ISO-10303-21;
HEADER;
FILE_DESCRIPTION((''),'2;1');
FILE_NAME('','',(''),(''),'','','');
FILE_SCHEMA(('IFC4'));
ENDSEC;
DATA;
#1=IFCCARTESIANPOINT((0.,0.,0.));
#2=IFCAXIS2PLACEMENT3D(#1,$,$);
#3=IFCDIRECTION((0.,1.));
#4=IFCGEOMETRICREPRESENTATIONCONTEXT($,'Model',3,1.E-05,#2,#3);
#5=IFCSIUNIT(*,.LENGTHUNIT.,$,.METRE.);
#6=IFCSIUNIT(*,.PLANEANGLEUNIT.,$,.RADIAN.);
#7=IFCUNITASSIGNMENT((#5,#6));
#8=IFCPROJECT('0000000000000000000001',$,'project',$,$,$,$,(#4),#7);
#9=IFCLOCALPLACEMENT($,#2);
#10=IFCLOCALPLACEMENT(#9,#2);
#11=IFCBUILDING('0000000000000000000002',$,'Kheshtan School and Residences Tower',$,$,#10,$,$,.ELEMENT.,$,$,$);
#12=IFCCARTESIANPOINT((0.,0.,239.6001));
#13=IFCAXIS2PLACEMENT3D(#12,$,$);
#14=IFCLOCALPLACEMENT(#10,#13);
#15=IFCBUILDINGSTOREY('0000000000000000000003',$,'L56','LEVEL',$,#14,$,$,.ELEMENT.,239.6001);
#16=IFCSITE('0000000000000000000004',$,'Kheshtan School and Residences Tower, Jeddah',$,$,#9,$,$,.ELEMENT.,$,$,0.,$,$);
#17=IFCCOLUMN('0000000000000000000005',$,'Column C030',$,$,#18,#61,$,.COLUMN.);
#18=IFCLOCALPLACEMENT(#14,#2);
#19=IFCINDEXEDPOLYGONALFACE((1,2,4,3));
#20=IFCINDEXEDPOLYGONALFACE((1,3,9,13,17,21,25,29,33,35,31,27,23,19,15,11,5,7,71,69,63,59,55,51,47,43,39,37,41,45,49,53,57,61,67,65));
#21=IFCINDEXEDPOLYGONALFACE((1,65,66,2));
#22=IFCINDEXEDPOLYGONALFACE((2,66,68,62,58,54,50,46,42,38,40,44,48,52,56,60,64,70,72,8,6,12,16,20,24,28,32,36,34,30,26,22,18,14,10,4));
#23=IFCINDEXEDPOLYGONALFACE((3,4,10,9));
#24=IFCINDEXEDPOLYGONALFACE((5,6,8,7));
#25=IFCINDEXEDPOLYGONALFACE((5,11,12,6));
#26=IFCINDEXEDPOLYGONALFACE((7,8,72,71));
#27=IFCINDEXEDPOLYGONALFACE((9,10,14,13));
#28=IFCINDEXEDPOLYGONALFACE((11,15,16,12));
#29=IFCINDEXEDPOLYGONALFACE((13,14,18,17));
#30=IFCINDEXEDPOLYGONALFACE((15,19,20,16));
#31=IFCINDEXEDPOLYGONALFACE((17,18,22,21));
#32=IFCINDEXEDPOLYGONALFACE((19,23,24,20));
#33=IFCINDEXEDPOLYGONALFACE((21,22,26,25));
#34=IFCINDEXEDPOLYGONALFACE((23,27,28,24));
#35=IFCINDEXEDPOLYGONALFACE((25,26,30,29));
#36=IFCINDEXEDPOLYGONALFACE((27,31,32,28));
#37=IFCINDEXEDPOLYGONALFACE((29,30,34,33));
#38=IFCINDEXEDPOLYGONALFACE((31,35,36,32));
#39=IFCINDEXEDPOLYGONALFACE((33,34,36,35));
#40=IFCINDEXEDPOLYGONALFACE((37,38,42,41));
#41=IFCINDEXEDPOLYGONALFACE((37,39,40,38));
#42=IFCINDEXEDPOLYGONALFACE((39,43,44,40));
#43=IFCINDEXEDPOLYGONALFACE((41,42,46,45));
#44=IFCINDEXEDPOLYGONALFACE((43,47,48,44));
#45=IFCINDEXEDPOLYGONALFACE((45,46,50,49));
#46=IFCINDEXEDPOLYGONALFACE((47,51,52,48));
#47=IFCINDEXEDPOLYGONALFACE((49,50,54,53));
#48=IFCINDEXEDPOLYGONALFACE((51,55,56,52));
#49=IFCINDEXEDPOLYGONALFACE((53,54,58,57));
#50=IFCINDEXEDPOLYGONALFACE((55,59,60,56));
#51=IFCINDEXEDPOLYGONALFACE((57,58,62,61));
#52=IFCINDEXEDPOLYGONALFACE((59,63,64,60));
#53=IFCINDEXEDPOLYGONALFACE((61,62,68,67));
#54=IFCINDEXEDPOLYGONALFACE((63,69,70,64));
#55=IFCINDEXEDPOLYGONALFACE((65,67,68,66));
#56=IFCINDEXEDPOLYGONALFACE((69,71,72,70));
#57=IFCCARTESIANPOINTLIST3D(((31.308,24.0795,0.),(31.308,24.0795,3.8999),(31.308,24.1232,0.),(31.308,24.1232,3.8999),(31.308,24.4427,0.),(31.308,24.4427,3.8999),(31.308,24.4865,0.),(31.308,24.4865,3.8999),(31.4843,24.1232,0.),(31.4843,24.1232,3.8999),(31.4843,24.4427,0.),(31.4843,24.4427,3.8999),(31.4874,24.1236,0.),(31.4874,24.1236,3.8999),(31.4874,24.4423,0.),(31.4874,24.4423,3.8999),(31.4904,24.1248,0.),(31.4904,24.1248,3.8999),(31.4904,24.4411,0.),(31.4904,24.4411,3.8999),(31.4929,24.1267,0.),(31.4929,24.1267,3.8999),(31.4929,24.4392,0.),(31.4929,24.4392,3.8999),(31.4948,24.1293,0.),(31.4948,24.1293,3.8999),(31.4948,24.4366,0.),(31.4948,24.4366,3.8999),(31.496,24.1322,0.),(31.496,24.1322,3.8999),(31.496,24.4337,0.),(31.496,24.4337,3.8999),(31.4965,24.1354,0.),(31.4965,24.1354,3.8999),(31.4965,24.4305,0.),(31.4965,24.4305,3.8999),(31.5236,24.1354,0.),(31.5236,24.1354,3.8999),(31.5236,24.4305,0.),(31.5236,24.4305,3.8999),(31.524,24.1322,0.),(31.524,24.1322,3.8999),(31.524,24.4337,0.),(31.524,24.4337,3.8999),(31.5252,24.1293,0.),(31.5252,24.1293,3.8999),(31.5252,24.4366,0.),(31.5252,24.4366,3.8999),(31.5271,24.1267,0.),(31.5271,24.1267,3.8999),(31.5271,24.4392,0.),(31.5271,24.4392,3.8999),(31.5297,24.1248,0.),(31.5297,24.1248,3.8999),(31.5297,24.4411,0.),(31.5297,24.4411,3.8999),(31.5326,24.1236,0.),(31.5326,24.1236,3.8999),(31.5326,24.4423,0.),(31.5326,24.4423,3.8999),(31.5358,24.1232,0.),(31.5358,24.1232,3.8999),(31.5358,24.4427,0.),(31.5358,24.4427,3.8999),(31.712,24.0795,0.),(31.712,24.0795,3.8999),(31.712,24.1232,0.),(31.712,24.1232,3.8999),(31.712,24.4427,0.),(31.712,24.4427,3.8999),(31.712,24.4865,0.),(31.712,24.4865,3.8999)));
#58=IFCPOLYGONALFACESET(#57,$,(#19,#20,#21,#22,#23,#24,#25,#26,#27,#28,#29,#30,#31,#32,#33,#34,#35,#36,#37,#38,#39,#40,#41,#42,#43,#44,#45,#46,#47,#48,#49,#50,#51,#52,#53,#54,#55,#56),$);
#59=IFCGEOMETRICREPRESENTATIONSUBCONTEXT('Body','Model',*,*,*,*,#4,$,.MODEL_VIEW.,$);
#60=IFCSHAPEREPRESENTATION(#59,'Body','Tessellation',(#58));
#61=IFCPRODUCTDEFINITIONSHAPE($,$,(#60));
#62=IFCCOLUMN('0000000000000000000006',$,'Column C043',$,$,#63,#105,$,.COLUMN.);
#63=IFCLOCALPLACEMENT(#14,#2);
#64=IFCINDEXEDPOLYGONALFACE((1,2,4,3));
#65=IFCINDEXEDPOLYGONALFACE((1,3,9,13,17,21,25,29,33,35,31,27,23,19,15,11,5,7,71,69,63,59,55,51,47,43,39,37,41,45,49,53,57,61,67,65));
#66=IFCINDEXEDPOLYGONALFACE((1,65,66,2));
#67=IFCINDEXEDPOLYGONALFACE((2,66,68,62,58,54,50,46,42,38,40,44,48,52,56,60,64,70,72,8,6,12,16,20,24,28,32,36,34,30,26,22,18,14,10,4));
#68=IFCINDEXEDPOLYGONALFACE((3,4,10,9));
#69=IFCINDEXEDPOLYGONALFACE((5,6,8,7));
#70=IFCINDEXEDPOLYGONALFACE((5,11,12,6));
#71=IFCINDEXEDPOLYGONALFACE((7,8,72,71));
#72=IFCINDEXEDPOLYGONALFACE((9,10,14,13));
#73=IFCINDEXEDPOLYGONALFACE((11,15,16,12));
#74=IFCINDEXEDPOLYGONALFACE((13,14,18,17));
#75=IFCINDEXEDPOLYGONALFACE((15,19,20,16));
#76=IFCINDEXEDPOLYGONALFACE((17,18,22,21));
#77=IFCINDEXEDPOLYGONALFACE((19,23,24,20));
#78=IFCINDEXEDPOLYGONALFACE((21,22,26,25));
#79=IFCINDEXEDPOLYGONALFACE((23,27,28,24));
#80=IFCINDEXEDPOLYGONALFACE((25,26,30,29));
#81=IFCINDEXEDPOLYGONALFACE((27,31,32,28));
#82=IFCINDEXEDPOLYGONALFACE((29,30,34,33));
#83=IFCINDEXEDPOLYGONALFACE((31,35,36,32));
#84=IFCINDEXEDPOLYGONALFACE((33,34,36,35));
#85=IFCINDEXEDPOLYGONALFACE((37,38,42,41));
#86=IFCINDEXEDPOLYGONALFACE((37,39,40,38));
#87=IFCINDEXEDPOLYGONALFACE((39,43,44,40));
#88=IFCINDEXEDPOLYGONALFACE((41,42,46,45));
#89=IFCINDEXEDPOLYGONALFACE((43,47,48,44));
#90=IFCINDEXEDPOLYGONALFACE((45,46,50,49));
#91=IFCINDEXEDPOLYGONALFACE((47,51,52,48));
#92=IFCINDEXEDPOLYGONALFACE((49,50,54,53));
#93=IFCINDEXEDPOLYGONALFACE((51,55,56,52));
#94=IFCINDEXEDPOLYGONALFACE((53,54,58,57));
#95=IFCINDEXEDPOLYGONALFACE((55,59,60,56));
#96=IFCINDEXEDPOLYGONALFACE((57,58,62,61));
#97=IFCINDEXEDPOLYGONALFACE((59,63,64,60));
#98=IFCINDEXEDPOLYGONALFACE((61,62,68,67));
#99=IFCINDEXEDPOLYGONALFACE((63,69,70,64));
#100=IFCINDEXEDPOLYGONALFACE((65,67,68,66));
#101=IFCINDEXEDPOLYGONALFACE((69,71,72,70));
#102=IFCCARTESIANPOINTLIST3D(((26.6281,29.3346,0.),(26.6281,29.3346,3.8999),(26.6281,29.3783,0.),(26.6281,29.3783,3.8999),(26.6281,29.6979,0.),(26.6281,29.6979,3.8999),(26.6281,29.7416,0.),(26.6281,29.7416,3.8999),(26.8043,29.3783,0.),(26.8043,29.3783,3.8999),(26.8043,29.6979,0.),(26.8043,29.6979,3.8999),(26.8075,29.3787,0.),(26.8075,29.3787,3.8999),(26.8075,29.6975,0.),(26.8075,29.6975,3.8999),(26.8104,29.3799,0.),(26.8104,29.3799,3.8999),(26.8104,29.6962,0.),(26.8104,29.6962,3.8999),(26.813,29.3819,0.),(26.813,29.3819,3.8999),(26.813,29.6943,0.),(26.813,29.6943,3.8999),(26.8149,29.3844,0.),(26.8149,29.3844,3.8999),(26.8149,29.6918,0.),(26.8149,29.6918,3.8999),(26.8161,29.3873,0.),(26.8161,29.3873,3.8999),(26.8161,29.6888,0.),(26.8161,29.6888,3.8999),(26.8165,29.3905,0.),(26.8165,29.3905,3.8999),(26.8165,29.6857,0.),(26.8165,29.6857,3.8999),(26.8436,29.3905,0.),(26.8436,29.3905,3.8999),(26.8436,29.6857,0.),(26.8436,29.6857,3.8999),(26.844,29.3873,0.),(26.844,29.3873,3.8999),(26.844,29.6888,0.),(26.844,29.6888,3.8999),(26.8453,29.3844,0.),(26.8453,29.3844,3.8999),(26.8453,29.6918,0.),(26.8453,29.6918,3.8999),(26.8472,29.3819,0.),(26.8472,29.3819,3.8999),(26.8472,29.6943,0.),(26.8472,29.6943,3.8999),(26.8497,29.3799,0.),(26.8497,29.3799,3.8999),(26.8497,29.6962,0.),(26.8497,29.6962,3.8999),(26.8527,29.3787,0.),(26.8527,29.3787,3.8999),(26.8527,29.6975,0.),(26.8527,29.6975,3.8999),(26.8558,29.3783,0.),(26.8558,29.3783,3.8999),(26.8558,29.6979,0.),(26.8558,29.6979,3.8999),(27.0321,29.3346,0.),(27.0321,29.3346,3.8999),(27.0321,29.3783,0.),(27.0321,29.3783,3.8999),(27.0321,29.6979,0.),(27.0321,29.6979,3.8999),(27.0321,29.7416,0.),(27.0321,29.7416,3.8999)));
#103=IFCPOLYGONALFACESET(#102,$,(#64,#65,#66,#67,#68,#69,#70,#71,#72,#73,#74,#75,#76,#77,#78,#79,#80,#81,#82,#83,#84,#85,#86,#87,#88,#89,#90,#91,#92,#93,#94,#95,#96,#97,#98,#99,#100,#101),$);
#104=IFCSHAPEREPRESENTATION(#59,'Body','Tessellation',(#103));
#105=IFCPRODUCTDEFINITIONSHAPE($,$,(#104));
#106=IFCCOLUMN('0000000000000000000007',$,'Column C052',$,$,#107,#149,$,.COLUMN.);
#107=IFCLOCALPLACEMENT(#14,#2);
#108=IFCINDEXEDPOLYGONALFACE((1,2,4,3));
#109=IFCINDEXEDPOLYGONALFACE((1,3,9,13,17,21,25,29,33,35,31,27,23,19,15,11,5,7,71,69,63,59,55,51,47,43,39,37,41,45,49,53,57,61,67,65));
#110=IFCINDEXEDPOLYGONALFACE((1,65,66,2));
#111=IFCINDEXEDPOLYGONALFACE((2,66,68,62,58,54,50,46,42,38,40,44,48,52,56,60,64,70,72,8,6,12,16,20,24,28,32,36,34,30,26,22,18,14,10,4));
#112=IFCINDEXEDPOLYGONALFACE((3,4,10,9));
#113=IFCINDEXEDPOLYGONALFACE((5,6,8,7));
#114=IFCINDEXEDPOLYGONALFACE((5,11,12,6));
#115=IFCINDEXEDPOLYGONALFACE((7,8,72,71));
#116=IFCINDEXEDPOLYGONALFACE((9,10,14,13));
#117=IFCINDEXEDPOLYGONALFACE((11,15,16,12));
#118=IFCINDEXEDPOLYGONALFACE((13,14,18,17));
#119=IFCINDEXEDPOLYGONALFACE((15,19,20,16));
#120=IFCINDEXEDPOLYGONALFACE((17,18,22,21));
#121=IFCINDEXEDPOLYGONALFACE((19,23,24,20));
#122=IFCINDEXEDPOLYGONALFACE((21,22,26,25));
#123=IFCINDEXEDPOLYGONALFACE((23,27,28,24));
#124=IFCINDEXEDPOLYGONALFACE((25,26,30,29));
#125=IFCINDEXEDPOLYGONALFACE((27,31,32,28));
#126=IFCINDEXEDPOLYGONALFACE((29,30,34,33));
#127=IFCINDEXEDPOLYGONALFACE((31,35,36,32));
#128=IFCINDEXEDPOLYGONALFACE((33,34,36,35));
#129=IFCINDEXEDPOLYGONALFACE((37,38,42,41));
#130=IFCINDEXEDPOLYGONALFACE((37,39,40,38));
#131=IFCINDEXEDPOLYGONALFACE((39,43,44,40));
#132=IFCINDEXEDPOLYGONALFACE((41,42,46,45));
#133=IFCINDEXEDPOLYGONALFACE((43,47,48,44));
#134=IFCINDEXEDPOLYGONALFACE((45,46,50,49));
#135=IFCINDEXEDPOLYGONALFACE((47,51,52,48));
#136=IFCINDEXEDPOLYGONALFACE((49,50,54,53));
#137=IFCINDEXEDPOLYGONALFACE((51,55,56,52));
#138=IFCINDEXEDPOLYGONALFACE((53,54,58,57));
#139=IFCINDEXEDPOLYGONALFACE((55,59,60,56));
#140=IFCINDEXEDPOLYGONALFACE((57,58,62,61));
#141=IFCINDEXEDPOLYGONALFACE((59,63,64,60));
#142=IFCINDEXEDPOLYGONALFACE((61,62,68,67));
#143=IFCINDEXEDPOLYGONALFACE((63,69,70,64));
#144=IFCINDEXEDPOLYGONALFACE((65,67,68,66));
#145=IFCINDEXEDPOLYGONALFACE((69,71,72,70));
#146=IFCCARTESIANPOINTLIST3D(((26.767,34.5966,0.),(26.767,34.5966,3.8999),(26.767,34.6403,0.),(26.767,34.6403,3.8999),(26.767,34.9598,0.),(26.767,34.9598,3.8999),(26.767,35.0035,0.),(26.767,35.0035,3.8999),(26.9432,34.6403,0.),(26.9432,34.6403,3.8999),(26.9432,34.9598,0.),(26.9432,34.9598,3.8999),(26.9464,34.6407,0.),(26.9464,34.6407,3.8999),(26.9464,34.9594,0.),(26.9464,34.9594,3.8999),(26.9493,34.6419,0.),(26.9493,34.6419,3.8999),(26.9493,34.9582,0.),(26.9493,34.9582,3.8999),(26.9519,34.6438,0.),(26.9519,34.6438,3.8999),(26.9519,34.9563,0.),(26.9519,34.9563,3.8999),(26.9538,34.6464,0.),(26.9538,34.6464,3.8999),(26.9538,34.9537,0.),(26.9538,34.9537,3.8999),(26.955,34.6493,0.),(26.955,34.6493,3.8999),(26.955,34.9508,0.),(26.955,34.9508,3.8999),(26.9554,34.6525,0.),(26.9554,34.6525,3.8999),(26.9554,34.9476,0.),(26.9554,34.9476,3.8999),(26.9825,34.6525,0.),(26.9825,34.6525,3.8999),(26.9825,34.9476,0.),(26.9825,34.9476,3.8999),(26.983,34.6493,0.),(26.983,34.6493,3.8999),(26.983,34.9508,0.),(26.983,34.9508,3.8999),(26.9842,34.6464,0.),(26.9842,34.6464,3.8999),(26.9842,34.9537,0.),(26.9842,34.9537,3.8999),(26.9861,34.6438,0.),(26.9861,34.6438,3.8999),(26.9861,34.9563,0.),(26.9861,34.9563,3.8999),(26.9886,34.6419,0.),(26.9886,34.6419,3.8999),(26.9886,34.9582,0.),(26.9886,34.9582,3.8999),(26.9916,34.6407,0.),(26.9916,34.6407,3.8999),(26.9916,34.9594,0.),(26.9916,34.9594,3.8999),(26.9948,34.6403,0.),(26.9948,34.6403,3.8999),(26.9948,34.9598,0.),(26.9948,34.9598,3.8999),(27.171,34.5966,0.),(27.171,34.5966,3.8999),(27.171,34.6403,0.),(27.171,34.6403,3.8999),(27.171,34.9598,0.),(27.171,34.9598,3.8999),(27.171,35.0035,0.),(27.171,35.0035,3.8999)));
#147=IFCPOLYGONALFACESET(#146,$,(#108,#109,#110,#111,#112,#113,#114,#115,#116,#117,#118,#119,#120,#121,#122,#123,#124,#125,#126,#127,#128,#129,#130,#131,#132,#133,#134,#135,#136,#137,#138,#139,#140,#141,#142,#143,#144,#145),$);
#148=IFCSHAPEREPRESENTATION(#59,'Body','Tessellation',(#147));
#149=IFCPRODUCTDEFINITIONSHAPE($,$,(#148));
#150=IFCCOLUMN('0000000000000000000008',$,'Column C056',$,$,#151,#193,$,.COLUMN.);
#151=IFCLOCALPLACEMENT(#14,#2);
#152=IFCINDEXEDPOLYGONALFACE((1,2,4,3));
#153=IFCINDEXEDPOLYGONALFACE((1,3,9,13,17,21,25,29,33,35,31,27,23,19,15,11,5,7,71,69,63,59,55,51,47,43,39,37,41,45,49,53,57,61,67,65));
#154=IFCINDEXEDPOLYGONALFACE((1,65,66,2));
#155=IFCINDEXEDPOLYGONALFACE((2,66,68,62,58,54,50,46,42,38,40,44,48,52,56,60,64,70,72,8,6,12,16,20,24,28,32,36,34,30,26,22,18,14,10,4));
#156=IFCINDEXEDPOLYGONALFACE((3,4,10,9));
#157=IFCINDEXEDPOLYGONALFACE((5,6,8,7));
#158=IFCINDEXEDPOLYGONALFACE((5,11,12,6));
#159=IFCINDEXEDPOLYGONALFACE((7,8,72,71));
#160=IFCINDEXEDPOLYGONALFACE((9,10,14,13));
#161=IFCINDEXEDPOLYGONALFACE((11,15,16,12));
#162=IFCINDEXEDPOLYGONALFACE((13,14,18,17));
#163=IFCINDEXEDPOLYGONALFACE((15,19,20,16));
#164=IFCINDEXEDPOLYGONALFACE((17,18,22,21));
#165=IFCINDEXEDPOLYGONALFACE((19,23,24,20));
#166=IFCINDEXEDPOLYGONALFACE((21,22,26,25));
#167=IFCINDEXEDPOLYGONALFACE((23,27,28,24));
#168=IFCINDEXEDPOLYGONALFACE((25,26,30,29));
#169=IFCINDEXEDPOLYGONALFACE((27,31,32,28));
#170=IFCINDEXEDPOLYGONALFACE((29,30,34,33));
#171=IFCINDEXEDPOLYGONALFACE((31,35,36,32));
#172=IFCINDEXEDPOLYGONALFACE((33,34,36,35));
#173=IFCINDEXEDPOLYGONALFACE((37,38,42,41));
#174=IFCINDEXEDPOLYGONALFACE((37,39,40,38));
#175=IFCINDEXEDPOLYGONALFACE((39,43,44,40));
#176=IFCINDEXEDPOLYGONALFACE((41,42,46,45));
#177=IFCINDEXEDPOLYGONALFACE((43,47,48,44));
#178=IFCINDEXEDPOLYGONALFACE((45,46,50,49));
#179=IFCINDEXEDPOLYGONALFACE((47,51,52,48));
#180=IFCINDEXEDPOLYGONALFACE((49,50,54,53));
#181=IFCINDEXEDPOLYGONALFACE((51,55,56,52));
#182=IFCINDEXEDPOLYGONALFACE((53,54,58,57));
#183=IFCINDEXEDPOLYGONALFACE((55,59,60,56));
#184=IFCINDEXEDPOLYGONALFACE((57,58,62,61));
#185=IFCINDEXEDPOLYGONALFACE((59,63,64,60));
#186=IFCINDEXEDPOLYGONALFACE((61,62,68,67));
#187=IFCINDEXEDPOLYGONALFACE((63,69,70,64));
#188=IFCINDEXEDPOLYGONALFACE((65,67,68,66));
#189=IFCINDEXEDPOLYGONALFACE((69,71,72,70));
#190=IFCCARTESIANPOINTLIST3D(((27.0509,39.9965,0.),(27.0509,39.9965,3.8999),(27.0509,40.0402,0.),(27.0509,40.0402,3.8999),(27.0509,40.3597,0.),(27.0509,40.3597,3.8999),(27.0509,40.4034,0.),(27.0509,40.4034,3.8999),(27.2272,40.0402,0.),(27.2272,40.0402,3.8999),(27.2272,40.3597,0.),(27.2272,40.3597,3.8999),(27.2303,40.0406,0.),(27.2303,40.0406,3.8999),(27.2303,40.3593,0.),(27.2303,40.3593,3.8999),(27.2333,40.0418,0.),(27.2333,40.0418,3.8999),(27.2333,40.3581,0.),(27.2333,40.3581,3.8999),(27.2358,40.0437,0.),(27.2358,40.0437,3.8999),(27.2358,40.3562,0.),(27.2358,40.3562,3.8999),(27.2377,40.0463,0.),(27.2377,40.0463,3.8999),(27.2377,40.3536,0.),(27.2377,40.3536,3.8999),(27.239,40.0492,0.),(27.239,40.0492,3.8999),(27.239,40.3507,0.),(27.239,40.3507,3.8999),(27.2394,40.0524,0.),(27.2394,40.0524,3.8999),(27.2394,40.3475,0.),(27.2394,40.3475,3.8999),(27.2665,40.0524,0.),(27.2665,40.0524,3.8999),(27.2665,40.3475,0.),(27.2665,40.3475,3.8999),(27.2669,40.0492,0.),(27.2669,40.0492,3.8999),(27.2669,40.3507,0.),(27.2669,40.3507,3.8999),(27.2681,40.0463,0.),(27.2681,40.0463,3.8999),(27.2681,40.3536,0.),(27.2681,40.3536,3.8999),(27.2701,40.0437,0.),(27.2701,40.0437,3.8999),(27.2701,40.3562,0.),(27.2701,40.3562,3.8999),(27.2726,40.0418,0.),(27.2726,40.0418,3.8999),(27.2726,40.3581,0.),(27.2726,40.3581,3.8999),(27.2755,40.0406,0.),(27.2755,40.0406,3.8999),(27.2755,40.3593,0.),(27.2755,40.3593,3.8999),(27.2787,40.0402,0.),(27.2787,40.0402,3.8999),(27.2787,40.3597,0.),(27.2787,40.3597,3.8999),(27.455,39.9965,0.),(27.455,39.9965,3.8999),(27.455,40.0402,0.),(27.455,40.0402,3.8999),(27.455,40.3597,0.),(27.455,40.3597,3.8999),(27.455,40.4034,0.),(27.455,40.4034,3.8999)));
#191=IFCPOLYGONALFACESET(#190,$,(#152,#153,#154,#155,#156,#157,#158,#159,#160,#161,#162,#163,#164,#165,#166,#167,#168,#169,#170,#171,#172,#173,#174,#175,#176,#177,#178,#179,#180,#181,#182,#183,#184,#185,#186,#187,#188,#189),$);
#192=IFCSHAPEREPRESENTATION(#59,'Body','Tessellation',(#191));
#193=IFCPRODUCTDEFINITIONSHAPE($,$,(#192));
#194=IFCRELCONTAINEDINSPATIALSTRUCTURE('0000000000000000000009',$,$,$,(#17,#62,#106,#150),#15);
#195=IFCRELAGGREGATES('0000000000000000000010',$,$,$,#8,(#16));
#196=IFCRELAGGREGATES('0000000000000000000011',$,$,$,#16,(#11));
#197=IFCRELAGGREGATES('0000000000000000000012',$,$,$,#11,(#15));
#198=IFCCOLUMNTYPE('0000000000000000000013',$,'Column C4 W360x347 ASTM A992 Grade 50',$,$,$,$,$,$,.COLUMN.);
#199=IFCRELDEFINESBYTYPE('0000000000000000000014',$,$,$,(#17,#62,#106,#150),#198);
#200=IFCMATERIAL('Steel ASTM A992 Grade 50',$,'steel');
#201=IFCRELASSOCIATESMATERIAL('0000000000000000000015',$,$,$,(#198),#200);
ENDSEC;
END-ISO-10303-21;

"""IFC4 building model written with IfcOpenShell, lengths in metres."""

from ifc_helpers import new_model, si_unit, direction, frame, origin, origin_2d, place, context, subcontext, project, spatial, i_section, extrude, material, material_profile, profile_set, type_object, element, save


model = new_model("IFC4")

# Units and contexts
model_context = context("Model", 3, precision=1e-05, world=origin(), true_north=direction((0.0, 1.0)))
body_context = subcontext(model_context, "Body", "Model", "MODEL_VIEW")
ifc_project = project(units=[si_unit("LENGTHUNIT", "METRE"), si_unit("PLANEANGLEUNIT", "RADIAN")], contexts=[model_context])

# Site, building, storey
site_placement = place(None, origin())
site = spatial("IfcSite", under=ifc_project, at=site_placement, Name="Kheshtan School and Residences Tower, Jeddah", CompositionType="ELEMENT", RefElevation=0.0)
building_placement = place(site_placement, origin())
building = spatial("IfcBuilding", under=site, at=building_placement, Name="Kheshtan School and Residences Tower", CompositionType="ELEMENT")
storey_placement = place(building_placement, frame((0.0, 0.0, 239.6001)))
storey = spatial("IfcBuildingStorey", under=building, at=storey_placement, Name="L56", Description="LEVEL", CompositionType="ELEMENT", Elevation=239.6001)

# Columns
ifc_material_1 = material(Name="Steel ASTM A992 Grade 50", Category="steel")
ifc_material_profile_1 = material_profile(ifc_material_1, i_section(OverallWidth=0.4041, OverallDepth=0.407, WebThickness=0.0271, FlangeThickness=0.0437, FilletRadius=0.0122, at=origin_2d()), Name="W360x347")
ifc_profile_set_1 = profile_set([ifc_material_profile_1], Name="Steel ASTM A992 Grade 50")
column_type = type_object("IfcColumnType", Name="Column C4 W360x347 ASTM A992 Grade 50", PredefinedType="COLUMN", material=ifc_profile_set_1)
for number, where, z_axis, x_axis, name in (
    (1, (31.51, 24.283, 0.0), (0.0, 0.0, 1.0), (1.0, 0.0, 0.0), "Column C030"),
    (2, (26.8301, 29.5381, 0.0), (0.0, 0.0, 1.0), (1.0, 0.0, 0.0), "Column C043"),
    (3, (26.969, 34.8, 0.0), (0.0, 0.0, 1.0), (1.0, 0.0, 0.0), "Column C052"),
    (4, (27.2529, 40.2, 0.0), (0.0, 0.0, 1.0), (1.0, 0.0, 0.0), "Column C056"),
):
    element("IfcColumn", number, at=place(storey_placement, frame(where, z_axis=z_axis, x_axis=x_axis)), inside=storey, type_object=column_type, Name=name, PredefinedType="COLUMN", context=body_context, shape_type="SweptSolid", body=[
        extrude(i_section(OverallWidth=0.4041, OverallDepth=0.407, WebThickness=0.0271, FlangeThickness=0.0437, FilletRadius=0.0122, at=origin_2d()), origin(), (0.0, 0.0, 1.0), 3.8999),
    ])

save(model, "model.ifc")
